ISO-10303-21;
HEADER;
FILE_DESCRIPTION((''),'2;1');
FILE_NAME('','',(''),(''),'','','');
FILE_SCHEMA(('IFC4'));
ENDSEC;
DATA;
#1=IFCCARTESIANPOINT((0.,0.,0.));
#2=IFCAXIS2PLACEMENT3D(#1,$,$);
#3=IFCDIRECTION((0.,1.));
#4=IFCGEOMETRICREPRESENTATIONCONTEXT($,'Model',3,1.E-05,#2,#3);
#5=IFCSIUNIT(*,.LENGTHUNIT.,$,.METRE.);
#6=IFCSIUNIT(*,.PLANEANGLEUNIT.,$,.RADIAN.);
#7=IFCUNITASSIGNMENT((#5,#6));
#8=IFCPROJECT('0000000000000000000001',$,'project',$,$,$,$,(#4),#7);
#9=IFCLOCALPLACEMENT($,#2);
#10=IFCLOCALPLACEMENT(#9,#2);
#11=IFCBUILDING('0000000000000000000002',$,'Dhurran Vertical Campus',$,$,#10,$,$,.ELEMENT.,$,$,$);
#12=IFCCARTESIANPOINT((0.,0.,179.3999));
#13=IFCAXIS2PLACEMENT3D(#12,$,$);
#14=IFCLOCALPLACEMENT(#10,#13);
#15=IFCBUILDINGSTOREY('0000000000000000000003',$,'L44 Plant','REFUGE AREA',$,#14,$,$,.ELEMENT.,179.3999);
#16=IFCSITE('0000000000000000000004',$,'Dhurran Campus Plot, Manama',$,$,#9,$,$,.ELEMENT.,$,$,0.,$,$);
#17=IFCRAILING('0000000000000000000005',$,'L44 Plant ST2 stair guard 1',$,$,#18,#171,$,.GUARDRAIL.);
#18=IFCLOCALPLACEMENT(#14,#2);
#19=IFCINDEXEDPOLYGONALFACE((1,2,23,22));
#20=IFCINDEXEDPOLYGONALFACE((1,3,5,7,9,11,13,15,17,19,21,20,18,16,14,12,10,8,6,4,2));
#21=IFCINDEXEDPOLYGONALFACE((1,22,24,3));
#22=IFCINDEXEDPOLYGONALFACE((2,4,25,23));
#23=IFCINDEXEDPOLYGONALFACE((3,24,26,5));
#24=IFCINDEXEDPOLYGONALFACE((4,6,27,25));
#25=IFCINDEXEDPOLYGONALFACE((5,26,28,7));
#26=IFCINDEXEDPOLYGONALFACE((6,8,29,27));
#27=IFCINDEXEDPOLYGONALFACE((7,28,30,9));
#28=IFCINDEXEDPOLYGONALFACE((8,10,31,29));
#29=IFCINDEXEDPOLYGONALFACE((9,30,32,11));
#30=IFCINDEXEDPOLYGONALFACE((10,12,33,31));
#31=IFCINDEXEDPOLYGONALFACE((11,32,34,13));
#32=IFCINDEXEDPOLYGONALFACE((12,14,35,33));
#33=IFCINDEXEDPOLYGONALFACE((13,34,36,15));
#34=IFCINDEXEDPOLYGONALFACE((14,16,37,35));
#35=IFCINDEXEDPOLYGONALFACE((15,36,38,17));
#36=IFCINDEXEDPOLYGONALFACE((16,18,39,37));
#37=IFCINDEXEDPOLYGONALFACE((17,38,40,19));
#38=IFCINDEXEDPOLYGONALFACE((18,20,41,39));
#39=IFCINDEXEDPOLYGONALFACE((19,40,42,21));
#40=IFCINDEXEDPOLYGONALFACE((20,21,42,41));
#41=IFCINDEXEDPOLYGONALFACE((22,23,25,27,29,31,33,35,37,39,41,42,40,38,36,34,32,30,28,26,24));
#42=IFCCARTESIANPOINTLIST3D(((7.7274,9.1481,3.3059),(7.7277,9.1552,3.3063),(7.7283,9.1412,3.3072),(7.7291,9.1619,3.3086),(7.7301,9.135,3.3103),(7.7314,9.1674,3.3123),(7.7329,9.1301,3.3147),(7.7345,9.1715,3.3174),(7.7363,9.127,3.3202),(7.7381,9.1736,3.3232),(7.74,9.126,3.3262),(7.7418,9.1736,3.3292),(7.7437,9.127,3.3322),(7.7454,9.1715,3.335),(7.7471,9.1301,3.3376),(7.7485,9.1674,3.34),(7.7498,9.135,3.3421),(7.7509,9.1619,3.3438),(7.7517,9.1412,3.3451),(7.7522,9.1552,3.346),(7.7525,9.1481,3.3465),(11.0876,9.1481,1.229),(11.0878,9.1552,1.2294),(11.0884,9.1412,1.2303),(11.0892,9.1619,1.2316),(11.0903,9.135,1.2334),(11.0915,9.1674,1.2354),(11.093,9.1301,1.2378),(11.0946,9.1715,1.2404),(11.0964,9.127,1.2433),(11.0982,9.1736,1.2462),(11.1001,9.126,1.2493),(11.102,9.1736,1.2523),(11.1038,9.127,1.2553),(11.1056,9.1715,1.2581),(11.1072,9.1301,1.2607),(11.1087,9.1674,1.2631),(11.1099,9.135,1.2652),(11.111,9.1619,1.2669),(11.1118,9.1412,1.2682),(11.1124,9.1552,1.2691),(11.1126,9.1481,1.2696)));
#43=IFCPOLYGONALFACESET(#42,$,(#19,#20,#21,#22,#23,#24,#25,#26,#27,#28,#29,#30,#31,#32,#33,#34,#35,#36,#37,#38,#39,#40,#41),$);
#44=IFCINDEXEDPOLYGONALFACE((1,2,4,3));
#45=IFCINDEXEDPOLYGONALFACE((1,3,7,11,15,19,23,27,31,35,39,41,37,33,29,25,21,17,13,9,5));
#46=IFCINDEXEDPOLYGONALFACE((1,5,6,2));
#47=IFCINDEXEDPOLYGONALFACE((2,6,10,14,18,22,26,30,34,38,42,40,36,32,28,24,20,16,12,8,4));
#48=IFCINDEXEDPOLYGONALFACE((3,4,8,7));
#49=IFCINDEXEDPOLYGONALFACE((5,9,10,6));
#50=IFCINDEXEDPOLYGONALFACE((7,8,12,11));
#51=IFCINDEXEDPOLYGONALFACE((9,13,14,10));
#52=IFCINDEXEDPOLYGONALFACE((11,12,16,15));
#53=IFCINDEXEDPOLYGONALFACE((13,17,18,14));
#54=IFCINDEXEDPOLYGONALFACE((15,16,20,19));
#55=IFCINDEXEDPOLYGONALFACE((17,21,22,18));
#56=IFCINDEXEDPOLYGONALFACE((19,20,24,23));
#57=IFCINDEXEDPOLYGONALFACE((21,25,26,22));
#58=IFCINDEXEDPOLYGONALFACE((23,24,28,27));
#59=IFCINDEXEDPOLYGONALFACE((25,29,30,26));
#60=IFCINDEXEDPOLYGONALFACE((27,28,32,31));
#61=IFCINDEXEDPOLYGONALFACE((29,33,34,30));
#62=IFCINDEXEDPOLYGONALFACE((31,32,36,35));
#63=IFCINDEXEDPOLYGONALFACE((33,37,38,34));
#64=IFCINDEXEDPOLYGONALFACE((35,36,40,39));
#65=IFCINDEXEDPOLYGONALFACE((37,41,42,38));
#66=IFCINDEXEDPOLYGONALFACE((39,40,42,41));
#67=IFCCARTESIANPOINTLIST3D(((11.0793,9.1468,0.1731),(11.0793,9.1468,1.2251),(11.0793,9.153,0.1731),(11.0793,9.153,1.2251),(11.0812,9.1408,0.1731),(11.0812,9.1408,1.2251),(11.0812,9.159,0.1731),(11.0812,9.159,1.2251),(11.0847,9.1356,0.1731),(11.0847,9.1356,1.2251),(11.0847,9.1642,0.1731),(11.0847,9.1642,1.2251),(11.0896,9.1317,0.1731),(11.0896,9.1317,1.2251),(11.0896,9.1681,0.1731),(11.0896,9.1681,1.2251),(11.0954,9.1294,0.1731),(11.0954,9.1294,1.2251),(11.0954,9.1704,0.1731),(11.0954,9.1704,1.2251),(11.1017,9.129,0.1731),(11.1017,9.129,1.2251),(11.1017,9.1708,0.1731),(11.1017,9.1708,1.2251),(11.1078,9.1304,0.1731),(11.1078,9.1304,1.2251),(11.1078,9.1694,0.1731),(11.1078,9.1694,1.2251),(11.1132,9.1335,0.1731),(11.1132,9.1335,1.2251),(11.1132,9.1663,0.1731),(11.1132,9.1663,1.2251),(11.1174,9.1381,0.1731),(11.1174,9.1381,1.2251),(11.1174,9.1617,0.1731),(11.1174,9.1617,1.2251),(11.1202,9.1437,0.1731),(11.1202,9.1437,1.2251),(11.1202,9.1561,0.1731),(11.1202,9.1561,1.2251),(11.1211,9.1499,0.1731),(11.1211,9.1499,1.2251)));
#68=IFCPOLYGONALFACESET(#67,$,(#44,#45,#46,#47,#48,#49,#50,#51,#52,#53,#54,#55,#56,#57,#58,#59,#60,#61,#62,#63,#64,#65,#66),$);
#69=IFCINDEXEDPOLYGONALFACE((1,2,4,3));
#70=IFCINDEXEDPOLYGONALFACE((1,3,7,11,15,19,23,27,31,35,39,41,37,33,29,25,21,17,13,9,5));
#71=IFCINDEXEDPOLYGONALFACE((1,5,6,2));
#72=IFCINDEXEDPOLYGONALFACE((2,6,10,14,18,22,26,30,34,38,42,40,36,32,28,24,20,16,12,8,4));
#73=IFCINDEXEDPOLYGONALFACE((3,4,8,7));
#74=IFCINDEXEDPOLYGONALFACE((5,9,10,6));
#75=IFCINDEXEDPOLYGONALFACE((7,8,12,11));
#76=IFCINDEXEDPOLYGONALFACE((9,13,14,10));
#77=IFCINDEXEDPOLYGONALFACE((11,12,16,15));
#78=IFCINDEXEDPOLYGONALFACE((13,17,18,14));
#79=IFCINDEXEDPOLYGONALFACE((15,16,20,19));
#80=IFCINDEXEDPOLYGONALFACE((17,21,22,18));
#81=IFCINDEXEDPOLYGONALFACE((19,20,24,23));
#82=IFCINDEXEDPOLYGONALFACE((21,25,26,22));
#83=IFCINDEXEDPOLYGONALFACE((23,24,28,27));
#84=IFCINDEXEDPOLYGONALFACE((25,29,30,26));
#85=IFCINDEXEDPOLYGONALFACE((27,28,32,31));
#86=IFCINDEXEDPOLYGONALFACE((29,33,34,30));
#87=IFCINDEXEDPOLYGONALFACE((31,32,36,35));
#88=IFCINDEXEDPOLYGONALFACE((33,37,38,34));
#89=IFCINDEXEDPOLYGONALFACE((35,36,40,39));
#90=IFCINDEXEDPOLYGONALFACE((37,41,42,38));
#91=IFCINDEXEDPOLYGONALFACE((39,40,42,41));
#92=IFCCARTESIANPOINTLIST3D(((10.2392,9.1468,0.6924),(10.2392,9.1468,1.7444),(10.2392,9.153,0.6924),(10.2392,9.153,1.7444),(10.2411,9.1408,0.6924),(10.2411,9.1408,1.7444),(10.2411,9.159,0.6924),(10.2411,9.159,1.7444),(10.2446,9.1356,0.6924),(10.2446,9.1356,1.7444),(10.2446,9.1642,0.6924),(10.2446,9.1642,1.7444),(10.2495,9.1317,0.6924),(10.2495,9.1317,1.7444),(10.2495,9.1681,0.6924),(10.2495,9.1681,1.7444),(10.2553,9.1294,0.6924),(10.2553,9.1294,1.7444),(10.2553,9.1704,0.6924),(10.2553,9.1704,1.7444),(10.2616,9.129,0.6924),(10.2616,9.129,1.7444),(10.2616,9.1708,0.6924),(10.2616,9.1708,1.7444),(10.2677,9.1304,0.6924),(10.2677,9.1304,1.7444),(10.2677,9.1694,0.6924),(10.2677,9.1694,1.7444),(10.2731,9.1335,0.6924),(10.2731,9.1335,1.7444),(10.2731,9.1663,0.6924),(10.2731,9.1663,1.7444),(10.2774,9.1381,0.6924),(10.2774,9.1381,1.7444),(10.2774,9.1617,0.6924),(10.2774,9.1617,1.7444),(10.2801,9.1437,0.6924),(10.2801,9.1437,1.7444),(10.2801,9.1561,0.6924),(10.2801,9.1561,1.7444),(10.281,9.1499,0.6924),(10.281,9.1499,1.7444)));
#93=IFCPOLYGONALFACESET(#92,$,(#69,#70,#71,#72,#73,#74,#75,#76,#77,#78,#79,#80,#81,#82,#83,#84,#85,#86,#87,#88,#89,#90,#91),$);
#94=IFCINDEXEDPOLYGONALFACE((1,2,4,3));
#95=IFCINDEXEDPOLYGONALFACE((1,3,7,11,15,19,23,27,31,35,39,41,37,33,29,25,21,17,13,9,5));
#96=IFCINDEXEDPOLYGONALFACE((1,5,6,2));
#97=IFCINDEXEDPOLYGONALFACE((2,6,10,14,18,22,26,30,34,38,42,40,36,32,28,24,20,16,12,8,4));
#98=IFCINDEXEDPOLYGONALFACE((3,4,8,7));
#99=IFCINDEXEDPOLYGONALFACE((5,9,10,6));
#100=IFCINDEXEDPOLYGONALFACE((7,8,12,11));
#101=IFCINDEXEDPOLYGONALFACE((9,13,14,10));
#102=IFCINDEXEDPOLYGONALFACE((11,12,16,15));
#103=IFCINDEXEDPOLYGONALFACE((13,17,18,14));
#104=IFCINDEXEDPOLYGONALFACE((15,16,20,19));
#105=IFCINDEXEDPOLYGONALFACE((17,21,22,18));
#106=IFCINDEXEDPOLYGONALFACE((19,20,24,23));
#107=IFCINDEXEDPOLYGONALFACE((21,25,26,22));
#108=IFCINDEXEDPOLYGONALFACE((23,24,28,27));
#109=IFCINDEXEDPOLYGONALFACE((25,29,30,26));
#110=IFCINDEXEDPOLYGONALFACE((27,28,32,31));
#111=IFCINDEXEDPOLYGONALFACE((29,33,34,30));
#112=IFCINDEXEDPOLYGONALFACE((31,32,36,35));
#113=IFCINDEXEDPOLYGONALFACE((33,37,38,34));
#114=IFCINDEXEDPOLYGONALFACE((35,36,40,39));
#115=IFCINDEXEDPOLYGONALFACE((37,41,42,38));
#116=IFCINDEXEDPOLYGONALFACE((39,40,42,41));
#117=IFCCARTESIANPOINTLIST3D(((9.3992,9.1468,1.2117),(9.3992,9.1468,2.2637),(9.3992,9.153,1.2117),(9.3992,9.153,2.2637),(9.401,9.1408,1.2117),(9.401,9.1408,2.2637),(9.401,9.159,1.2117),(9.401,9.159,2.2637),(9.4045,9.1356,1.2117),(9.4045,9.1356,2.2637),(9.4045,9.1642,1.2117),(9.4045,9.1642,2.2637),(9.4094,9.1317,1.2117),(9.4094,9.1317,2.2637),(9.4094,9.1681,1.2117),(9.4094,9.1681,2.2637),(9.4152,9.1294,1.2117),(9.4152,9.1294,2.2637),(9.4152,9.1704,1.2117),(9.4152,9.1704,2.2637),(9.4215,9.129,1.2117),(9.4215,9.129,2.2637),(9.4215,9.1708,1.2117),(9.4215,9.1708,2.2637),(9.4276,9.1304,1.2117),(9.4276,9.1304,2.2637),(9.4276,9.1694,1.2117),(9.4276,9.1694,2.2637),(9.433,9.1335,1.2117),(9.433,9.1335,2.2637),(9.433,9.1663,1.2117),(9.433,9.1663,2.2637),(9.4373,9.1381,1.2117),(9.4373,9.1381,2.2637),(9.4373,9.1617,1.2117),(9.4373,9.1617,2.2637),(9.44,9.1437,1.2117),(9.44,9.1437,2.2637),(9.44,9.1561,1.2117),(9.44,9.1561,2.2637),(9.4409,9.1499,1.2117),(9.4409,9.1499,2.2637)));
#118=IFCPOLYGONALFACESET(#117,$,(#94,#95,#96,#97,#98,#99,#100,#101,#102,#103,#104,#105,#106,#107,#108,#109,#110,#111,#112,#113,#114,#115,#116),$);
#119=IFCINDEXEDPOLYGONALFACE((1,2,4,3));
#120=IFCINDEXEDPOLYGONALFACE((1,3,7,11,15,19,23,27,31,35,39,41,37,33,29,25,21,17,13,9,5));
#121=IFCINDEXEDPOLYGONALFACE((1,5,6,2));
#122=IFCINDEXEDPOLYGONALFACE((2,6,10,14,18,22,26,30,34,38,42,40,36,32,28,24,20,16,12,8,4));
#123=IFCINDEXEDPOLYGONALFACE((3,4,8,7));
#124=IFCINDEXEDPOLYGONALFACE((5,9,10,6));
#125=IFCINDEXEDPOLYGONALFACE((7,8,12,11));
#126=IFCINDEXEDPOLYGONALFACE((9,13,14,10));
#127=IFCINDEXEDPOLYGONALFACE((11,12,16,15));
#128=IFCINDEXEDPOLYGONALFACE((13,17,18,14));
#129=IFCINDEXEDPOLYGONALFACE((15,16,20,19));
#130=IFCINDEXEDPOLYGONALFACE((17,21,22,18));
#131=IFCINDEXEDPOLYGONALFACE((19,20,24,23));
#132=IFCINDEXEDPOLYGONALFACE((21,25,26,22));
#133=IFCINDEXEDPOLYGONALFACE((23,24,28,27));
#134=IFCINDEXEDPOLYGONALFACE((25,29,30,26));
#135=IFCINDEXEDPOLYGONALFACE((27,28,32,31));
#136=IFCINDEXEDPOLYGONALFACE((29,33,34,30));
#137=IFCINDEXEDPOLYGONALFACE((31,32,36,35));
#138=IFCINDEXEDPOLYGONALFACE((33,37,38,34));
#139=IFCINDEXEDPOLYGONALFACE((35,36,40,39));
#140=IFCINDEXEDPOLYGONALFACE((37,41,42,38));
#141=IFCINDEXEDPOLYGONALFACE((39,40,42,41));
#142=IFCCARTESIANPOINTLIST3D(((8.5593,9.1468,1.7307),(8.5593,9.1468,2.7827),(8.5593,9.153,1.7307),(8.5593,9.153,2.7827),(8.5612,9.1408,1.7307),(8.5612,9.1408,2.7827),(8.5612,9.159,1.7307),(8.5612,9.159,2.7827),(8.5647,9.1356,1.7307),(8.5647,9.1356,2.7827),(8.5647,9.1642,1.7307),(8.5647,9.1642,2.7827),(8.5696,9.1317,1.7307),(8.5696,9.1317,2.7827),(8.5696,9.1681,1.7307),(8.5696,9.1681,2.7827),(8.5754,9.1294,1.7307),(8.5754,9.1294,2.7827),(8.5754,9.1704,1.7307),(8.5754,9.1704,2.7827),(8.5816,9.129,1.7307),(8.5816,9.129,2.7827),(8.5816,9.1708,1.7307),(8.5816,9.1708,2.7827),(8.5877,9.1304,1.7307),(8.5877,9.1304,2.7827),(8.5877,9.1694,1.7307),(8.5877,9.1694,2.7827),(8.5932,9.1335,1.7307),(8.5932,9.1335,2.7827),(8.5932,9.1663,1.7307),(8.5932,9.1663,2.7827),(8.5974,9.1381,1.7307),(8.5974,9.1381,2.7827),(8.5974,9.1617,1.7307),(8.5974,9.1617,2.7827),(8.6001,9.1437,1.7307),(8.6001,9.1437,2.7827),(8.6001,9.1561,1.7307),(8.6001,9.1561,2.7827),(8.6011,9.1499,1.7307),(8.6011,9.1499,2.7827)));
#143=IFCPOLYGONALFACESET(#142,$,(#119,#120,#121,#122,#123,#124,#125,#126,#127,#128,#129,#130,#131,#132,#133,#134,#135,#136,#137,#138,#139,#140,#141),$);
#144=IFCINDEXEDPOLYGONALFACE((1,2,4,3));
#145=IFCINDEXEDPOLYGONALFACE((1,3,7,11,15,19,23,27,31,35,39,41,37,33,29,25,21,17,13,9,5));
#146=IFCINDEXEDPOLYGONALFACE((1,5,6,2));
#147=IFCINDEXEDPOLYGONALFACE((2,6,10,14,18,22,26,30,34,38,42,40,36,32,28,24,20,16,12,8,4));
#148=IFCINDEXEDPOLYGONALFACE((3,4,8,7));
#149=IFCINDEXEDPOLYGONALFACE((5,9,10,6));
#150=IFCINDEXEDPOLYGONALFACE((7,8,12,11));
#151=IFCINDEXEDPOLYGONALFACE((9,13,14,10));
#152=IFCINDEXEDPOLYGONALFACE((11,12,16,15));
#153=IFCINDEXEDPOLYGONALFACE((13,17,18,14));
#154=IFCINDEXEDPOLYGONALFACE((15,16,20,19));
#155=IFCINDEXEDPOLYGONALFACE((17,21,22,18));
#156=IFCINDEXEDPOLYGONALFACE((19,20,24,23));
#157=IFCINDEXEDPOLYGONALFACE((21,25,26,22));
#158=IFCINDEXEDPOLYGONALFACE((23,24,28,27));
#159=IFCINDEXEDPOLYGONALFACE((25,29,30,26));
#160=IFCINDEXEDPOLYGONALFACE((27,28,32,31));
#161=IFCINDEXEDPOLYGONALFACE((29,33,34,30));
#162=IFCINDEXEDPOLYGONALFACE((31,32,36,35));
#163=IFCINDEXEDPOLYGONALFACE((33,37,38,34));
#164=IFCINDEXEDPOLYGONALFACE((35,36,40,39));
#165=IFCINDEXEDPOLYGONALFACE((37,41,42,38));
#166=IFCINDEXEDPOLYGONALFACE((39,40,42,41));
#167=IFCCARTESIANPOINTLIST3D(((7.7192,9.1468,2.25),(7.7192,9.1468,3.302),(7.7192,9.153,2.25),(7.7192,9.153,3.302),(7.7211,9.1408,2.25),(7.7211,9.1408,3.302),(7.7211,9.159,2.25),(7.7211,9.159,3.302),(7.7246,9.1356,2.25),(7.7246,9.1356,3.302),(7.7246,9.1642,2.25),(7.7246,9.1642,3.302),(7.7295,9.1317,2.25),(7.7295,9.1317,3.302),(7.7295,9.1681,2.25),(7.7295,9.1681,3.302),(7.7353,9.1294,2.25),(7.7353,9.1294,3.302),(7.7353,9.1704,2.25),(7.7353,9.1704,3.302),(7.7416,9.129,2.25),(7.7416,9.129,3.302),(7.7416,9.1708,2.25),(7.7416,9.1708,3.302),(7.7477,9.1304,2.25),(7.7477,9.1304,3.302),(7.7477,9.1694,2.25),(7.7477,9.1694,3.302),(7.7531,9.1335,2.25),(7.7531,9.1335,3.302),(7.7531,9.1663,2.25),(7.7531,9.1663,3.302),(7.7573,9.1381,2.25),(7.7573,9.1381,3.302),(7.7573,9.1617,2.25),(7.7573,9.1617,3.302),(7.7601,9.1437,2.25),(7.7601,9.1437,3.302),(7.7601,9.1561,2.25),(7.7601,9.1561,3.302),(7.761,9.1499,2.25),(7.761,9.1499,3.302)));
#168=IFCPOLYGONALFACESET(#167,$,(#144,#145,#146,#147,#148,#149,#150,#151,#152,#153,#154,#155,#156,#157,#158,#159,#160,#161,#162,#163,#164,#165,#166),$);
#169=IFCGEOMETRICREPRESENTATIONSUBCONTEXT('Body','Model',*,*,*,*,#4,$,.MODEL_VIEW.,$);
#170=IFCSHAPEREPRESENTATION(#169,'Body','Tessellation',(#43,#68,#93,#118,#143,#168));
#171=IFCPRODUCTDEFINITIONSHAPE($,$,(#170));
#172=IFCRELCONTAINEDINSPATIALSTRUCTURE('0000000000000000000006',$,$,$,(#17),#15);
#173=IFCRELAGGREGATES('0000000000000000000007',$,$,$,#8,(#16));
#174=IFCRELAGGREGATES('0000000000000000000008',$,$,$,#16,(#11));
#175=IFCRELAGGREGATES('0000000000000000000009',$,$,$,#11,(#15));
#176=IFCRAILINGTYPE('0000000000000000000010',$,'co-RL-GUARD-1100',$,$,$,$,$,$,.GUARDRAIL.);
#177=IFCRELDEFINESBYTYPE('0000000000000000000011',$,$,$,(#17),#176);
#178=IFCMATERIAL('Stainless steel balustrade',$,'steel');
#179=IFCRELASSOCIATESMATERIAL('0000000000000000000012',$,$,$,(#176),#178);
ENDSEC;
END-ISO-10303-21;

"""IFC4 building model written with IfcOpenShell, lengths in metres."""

from ifc_helpers import new_model, si_unit, direction, frame, origin, origin_2d, place, context, subcontext, project, spatial, circle, extrude, material, type_object, element, save


model = new_model("IFC4")

# Units and contexts
model_context = context("Model", 3, precision=1e-05, world=origin(), true_north=direction((0.0, 1.0)))
body_context = subcontext(model_context, "Body", "Model", "MODEL_VIEW")
ifc_project = project(units=[si_unit("LENGTHUNIT", "METRE"), si_unit("PLANEANGLEUNIT", "RADIAN")], contexts=[model_context])

# Site, building, storey
site_placement = place(None, origin())
site = spatial("IfcSite", under=ifc_project, at=site_placement, Name="Dhurran Campus Plot, Manama", CompositionType="ELEMENT", RefElevation=0.0)
building_placement = place(site_placement, origin())
building = spatial("IfcBuilding", under=site, at=building_placement, Name="Dhurran Vertical Campus", CompositionType="ELEMENT")
storey_placement = place(building_placement, frame((0.0, 0.0, 179.3999)))
storey = spatial("IfcBuildingStorey", under=building, at=storey_placement, Name="L44 Plant", Description="REFUGE AREA", CompositionType="ELEMENT", Elevation=179.3999)

# Railing
ifc_material_1 = material(Name="Stainless steel balustrade", Category="steel")
railing_type_1 = type_object("IfcRailingType", Name="co-RL-GUARD-1100", PredefinedType="GUARDRAIL", material=ifc_material_1)
railing_1_placement = place(storey_placement, frame((11.1001, 9.1499, 0.1731)))
element("IfcRailing", 1, at=railing_1_placement, inside=storey, type_object=railing_type_1, Name="L44 Plant ST2 stair guard 1", PredefinedType="GUARDRAIL", context=body_context, shape_type="SweptSolid", body=[
    extrude(circle(Radius=0.0239, at=origin_2d()), frame((0.0, 0.0, 1.0762), z_axis=(-0.850623, 0.0, 0.525776), x_axis=(0.0, -1.0, 0.0)), (0.0, 0.0, 1.0), 3.9502),
    extrude(circle(Radius=0.021, at=origin_2d()), origin(), (0.0, 0.0, 1.0), 1.052),
    extrude(circle(Radius=0.021, at=origin_2d()), frame((-0.8401, 0.0, 0.5193)), (0.0, 0.0, 1.0), 1.052),
    extrude(circle(Radius=0.021, at=origin_2d()), frame((-1.6802, 0.0, 1.0386)), (0.0, 0.0, 1.0), 1.052),
    extrude(circle(Radius=0.021, at=origin_2d()), frame((-2.52, 0.0, 1.5576)), (0.0, 0.0, 1.0), 1.052),
    extrude(circle(Radius=0.021, at=origin_2d()), frame((-3.3601, 0.0, 2.0769)), (0.0, 0.0, 1.0), 1.052),
])

save(model, "model.ifc")
